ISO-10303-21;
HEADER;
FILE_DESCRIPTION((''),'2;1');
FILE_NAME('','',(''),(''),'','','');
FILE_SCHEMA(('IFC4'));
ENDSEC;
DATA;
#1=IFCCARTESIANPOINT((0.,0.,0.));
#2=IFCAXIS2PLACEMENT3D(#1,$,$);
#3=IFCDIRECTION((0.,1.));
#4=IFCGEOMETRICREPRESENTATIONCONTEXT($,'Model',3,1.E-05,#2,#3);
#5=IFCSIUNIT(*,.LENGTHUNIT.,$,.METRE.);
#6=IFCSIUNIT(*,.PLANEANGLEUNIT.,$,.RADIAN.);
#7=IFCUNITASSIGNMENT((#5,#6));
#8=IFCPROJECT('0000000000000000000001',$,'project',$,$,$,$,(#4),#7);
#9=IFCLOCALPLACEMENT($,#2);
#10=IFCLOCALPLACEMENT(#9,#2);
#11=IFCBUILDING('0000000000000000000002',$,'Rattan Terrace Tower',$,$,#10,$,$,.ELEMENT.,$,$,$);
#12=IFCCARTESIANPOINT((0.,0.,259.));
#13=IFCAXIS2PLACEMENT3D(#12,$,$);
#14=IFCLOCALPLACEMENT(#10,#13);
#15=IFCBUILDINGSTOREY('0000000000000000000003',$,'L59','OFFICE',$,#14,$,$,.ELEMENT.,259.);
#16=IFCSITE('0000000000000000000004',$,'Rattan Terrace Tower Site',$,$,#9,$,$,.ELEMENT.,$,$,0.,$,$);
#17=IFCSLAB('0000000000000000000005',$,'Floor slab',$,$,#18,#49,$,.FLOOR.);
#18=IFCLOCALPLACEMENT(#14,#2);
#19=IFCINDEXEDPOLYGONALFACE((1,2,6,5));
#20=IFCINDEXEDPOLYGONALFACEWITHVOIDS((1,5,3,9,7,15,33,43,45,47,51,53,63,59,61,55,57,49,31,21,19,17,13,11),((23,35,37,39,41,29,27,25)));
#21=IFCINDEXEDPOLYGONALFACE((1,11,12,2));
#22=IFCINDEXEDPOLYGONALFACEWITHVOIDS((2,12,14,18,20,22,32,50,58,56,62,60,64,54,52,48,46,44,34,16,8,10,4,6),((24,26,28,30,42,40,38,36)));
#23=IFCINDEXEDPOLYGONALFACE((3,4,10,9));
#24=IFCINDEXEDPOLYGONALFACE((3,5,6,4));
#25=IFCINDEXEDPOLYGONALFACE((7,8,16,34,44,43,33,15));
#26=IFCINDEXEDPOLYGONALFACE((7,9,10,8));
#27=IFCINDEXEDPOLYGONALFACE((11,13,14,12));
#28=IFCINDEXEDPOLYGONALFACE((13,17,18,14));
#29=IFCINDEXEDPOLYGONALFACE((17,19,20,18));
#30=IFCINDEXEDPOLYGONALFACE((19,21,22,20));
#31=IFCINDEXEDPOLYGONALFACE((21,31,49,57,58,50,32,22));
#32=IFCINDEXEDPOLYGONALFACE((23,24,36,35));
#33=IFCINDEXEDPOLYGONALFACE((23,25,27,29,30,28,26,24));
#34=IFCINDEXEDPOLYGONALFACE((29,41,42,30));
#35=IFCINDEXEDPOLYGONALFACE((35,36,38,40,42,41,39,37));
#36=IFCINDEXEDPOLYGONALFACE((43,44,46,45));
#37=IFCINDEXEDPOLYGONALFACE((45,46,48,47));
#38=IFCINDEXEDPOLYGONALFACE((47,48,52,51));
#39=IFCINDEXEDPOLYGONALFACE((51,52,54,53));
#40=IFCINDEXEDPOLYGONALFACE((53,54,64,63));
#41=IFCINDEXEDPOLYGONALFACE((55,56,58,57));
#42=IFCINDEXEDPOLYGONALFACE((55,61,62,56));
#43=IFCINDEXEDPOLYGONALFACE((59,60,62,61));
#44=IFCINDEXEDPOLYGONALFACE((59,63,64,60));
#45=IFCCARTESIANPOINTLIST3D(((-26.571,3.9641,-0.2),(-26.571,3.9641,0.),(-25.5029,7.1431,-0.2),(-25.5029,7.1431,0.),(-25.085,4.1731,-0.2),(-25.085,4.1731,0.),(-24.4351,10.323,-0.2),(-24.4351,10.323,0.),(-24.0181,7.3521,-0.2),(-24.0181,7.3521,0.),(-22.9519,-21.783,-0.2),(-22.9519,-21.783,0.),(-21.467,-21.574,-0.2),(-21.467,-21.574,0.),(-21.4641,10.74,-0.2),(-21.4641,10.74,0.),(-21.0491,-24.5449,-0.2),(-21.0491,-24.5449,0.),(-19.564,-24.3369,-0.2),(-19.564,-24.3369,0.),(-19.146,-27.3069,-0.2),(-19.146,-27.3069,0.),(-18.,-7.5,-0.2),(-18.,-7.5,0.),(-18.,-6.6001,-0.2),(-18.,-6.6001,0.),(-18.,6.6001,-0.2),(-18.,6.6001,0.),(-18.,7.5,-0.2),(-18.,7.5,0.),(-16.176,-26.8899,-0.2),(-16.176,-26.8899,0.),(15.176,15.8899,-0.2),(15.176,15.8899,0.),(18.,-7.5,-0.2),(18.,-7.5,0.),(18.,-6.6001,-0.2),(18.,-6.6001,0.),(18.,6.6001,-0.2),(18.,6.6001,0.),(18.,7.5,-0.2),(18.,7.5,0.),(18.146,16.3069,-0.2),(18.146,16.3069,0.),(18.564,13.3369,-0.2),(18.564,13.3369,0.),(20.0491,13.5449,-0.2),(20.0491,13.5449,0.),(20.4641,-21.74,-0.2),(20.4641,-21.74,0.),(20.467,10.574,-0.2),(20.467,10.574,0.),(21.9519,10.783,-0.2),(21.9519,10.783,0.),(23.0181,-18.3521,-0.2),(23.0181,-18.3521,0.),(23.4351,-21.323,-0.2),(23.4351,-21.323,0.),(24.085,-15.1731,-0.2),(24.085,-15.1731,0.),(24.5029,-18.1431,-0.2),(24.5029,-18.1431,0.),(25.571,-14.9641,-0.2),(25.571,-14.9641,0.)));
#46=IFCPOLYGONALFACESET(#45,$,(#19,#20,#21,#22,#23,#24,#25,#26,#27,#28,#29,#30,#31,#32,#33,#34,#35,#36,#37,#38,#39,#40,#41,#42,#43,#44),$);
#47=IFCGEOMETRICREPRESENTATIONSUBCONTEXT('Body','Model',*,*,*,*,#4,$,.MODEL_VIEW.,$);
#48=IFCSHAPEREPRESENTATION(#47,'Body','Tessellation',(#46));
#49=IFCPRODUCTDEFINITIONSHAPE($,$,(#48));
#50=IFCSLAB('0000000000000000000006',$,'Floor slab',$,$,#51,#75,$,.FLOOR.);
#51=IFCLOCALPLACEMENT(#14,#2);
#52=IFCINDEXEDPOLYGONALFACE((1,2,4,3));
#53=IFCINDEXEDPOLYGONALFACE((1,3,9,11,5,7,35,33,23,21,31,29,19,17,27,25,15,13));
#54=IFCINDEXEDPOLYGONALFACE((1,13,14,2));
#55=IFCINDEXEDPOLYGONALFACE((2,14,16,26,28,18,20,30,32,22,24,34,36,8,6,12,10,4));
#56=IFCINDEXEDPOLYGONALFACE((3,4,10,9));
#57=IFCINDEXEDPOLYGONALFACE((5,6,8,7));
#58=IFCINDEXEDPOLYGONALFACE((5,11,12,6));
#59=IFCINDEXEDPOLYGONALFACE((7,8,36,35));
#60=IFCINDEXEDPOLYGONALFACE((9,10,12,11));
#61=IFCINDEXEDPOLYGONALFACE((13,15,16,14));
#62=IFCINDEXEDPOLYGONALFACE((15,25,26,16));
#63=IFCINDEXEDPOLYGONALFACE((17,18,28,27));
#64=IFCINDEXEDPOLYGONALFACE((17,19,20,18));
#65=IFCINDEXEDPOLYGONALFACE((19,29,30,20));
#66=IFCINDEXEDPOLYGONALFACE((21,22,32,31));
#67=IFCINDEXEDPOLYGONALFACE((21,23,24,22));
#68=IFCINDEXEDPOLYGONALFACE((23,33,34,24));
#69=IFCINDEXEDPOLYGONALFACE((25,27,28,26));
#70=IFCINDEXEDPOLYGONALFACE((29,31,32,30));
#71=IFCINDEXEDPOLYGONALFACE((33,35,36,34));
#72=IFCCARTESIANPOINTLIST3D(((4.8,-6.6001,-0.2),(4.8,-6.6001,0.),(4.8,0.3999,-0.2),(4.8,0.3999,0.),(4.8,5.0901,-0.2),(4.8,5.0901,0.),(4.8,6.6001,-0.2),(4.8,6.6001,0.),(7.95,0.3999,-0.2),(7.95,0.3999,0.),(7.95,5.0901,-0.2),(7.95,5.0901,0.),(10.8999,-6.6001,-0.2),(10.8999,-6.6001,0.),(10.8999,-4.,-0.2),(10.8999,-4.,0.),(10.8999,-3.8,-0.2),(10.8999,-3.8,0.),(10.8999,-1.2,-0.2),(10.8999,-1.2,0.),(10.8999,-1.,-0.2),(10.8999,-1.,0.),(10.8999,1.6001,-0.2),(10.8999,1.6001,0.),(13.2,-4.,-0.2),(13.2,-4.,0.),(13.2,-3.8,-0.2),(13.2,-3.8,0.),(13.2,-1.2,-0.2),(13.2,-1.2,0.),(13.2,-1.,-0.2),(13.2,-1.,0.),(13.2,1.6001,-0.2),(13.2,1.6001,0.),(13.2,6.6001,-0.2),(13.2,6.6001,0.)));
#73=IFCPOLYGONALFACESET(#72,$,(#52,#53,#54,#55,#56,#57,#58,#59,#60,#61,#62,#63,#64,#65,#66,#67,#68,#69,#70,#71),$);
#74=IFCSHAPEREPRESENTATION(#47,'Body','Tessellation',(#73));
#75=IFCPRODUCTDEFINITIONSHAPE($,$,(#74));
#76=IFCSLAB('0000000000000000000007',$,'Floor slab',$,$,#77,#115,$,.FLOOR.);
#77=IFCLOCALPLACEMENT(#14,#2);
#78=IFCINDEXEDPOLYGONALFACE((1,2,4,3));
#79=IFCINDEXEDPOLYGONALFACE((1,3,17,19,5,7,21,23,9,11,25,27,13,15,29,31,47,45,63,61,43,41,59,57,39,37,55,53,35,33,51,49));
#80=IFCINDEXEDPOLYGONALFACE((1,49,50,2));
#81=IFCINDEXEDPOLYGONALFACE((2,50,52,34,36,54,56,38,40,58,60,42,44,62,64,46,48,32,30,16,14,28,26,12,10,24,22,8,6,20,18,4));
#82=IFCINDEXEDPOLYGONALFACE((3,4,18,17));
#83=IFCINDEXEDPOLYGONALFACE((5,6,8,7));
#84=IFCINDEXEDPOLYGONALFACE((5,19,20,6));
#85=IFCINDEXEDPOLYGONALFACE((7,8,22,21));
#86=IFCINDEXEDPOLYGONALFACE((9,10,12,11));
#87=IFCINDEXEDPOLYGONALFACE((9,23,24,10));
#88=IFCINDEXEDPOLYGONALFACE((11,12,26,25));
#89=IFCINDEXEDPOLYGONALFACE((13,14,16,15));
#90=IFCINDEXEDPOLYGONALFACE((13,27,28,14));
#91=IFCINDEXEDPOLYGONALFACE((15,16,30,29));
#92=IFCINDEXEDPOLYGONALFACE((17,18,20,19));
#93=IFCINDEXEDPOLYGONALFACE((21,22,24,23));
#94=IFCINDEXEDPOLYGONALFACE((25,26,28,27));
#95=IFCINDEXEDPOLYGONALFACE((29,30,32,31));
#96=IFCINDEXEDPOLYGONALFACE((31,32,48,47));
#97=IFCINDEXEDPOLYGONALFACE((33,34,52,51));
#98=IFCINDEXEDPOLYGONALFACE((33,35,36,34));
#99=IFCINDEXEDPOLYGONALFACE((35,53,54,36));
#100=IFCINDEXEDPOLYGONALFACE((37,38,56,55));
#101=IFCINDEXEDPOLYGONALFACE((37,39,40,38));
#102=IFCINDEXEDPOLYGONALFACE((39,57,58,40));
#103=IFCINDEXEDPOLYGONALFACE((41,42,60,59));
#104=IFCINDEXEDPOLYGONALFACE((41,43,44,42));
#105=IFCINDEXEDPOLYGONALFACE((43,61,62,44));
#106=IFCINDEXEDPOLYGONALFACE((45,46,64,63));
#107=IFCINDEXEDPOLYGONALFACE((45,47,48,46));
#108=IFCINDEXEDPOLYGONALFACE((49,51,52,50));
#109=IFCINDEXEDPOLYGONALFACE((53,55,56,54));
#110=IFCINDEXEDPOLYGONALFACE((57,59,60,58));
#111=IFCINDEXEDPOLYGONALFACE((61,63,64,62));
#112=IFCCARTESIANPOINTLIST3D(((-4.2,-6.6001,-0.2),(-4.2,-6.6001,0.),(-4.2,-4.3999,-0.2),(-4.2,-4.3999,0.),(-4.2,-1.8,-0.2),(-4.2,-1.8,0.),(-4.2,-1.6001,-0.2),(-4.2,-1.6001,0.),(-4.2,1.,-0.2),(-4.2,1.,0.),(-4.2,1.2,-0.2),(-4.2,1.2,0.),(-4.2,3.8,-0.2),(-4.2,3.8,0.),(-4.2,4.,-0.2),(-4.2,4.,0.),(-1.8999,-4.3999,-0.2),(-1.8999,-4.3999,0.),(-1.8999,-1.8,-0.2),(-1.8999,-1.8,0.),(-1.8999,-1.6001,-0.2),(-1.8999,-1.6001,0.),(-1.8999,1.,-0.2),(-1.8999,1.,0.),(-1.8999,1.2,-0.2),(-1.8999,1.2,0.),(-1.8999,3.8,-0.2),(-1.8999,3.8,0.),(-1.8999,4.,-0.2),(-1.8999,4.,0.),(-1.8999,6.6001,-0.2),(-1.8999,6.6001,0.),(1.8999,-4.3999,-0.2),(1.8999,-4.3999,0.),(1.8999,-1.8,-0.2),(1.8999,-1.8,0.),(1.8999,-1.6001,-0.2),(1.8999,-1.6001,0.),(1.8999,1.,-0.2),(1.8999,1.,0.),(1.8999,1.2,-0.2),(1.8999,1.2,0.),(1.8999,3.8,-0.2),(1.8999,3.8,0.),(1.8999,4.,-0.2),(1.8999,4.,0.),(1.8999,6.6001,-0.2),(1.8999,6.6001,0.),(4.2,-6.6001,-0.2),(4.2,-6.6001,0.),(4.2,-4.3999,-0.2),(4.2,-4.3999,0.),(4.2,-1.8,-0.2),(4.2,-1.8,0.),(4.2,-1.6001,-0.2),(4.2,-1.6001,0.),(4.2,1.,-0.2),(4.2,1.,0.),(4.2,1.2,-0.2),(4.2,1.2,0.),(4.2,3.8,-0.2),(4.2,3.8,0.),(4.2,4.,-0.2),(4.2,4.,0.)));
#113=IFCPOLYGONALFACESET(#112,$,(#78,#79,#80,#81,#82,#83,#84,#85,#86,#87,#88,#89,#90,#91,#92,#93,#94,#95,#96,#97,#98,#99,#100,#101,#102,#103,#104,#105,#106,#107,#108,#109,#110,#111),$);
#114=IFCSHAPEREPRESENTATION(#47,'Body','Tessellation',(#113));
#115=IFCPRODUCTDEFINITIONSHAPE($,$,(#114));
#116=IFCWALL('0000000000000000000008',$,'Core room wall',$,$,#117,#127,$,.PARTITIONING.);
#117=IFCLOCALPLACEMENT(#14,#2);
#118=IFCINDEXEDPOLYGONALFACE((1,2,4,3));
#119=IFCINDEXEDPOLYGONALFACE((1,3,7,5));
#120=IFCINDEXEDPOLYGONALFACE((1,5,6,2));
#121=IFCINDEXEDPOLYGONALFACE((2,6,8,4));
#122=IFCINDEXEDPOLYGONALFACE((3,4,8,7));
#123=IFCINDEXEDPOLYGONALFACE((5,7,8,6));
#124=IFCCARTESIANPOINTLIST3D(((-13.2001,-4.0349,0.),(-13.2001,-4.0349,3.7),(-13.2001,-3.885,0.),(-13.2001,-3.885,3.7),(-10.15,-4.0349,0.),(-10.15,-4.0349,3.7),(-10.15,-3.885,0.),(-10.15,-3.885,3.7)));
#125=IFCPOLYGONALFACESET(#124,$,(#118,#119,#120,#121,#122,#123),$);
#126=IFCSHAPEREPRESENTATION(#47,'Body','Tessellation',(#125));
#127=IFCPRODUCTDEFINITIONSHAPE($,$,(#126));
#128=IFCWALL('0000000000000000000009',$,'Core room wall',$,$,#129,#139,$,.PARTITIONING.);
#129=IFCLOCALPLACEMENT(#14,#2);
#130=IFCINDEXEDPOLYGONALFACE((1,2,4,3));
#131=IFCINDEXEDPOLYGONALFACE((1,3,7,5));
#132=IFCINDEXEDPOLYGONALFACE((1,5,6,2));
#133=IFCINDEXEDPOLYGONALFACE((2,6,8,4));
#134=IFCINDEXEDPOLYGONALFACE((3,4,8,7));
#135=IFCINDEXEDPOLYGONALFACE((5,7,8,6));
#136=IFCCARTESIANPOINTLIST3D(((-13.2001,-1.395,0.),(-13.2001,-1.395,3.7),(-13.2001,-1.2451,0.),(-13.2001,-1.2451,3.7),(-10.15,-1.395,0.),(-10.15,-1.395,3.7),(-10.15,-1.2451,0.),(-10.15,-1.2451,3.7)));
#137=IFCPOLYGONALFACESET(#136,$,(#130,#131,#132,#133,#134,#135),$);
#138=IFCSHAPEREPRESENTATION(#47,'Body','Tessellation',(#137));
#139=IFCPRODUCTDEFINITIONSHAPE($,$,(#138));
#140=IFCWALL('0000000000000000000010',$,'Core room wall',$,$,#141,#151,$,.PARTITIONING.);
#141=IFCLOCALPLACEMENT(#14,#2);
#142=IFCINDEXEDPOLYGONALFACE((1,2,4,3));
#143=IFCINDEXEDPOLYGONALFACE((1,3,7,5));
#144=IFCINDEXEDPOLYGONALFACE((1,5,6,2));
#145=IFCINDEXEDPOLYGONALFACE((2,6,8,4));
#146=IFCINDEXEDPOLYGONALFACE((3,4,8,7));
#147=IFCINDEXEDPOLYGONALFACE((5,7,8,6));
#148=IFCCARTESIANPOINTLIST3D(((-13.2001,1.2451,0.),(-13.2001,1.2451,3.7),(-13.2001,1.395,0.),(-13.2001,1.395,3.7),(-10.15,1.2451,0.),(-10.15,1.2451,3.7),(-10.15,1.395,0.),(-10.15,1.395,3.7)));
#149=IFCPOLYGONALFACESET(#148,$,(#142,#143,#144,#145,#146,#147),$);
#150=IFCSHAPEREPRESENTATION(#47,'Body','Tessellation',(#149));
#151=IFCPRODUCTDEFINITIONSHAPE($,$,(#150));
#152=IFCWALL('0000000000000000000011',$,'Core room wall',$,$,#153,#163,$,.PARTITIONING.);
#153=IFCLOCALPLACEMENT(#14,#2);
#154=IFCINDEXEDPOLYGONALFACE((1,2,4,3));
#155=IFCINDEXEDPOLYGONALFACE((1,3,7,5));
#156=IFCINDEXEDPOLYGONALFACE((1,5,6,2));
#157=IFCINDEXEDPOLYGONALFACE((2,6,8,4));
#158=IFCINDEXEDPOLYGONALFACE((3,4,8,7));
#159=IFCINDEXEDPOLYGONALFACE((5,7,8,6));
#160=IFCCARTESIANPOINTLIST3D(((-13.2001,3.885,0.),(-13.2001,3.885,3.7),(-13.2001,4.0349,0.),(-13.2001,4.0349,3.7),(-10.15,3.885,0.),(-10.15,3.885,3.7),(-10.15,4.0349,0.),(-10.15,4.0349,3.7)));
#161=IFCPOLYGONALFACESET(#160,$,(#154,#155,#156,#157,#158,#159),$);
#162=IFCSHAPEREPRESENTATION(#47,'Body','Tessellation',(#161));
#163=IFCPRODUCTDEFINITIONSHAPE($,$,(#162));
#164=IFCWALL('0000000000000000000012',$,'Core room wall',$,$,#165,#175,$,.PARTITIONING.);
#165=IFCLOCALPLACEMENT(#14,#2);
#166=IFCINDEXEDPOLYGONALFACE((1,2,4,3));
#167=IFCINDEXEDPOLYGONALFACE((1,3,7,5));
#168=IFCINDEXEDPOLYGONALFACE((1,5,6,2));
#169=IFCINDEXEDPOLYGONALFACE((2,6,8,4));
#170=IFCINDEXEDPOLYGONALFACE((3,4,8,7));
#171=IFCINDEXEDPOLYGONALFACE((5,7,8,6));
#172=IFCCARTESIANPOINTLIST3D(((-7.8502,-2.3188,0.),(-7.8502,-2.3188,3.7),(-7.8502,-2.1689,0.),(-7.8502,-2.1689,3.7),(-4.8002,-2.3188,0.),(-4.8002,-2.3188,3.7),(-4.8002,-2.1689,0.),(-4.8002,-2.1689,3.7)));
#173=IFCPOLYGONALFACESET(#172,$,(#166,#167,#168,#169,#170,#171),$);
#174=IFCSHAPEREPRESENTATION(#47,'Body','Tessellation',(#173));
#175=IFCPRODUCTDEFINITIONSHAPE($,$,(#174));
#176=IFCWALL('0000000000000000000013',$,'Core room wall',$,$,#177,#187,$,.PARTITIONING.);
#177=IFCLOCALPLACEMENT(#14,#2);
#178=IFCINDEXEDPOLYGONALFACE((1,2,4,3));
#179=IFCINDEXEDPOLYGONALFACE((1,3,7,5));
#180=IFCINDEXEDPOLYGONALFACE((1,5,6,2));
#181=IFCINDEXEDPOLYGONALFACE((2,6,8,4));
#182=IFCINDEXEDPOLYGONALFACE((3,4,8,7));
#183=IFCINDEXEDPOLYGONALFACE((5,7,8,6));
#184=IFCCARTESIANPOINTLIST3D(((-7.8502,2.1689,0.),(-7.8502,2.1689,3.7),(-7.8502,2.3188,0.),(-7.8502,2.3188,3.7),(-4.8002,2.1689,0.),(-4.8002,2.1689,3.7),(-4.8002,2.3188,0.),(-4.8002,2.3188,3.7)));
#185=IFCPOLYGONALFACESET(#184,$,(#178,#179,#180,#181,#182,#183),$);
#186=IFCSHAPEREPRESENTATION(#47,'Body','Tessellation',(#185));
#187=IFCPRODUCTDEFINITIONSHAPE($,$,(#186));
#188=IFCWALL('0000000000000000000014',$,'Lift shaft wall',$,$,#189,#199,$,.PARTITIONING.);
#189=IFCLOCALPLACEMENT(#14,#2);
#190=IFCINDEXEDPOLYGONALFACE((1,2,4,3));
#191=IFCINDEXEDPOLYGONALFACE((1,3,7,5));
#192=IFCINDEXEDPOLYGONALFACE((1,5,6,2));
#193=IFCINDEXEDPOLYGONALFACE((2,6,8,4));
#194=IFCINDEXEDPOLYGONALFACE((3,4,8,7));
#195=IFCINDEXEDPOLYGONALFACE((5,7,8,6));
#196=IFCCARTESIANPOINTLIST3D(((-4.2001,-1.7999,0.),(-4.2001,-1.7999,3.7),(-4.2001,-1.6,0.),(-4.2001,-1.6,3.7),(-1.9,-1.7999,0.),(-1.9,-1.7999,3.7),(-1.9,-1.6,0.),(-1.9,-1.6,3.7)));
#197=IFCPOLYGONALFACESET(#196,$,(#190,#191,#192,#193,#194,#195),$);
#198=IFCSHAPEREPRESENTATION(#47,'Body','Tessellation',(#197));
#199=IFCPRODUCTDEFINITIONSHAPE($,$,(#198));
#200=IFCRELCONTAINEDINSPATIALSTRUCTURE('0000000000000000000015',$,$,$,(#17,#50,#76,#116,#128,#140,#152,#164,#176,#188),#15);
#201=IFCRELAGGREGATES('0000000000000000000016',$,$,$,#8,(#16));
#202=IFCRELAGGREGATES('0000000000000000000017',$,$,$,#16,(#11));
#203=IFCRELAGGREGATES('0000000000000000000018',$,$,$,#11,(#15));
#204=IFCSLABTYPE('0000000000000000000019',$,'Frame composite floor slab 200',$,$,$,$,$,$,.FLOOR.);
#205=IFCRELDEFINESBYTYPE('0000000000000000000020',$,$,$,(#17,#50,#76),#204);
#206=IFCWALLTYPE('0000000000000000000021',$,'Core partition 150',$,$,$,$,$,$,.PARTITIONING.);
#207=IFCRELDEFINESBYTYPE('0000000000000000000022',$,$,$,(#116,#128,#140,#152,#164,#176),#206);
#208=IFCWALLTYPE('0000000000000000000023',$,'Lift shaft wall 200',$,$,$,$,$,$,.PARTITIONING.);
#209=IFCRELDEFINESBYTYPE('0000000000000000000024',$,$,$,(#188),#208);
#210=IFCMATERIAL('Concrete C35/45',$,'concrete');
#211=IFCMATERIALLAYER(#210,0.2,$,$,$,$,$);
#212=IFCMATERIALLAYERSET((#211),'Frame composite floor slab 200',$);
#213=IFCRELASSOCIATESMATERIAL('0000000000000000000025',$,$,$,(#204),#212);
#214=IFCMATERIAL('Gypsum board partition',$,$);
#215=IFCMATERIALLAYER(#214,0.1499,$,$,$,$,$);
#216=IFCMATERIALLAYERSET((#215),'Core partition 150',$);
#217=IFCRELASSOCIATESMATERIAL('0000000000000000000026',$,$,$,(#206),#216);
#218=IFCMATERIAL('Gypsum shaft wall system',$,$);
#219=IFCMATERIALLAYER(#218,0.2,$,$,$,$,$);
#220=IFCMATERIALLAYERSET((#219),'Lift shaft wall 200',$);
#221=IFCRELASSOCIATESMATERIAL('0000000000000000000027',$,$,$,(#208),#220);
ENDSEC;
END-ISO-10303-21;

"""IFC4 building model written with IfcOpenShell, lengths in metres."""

from ifc_helpers import new_model, si_unit, direction, frame, frame_2d, origin, place, context, subcontext, project, spatial, polyline, rectangle, outline, extrude, material, layer, layer_set, type_object, element, save


model = new_model("IFC4")

# Units and contexts
model_context = context("Model", 3, precision=1e-05, world=origin(), true_north=direction((0.0, 1.0)))
body_context = subcontext(model_context, "Body", "Model", "MODEL_VIEW")
ifc_project = project(units=[si_unit("LENGTHUNIT", "METRE"), si_unit("PLANEANGLEUNIT", "RADIAN")], contexts=[model_context])

# Site, building, storey
site_placement = place(None, origin())
site = spatial("IfcSite", under=ifc_project, at=site_placement, Name="Rattan Terrace Tower Site", CompositionType="ELEMENT", RefElevation=0.0)
building_placement = place(site_placement, origin())
building = spatial("IfcBuilding", under=site, at=building_placement, Name="Rattan Terrace Tower", CompositionType="ELEMENT")
storey_placement = place(building_placement, frame((0.0, 0.0, 259.0)))
storey = spatial("IfcBuildingStorey", under=building, at=storey_placement, Name="L59", Description="OFFICE", CompositionType="ELEMENT", Elevation=259.0)

# Slabs
ifc_material_1 = material(Name="Concrete C35/45", Category="concrete")
ifc_layer_1 = layer(ifc_material_1, 0.2)
ifc_layer_set_1 = layer_set([ifc_layer_1], Name="Frame composite floor slab 200")
slab_type = type_object("IfcSlabType", Name="Frame composite floor slab 200", PredefinedType="FLOOR", material=ifc_layer_set_1)
slab_1_placement = place(storey_placement, frame((0.0, 0.0, -0.2)))
element("IfcSlab", 1, at=slab_1_placement, inside=storey, type_object=slab_type, Name="Floor slab", PredefinedType="FLOOR", context=body_context, shape_type="SweptSolid", body=[
    extrude(outline(polyline([(-16.176, -26.8899), (20.4641, -21.74), (23.4351, -21.323), (23.0181, -18.3521), (24.5029, -18.1431), (24.085, -15.1731), (25.571, -14.9641), (21.9519, 10.783), (20.467, 10.574), (20.0491, 13.5449), (18.564, 13.3369), (18.146, 16.3069), (15.176, 15.8899), (-21.4641, 10.74), (-24.4351, 10.323), (-24.0181, 7.3521), (-25.5029, 7.1431), (-25.085, 4.1731), (-26.571, 3.9641), (-22.9519, -21.783), (-21.467, -21.574), (-21.0491, -24.5449), (-19.564, -24.3369), (-19.146, -27.3069), (-16.176, -26.8899)]), holes=[polyline([(-18.0, -7.5), (18.0, -7.5), (18.0, -6.6001), (18.0, 6.6001), (18.0, 7.5), (-18.0, 7.5), (-18.0, 6.6001), (-18.0, -6.6001), (-18.0, -7.5)])]), origin(), (0.0, 0.0, 1.0), 0.2),
])
slab_2_placement = place(storey_placement, frame((0.0, 0.0, -0.2)))
element("IfcSlab", 2, at=slab_2_placement, inside=storey, type_object=slab_type, Name="Floor slab", PredefinedType="FLOOR", context=body_context, shape_type="SweptSolid", body=[
    extrude(outline(polyline([(13.2, 6.6001), (4.8, 6.6001), (4.8, 5.0901), (7.95, 5.0901), (7.95, 0.3999), (4.8, 0.3999), (4.8, -6.6001), (10.8999, -6.6001), (10.8999, -4.0), (13.2, -4.0), (13.2, -3.8), (10.8999, -3.8), (10.8999, -1.2), (13.2, -1.2), (13.2, -1.0), (10.8999, -1.0), (10.8999, 1.6001), (13.2, 1.6001), (13.2, 6.6001)])), origin(), (0.0, 0.0, 1.0), 0.2),
])
slab_3_placement = place(storey_placement, frame((0.0, 0.0, -0.2)))
element("IfcSlab", 3, at=slab_3_placement, inside=storey, type_object=slab_type, Name="Floor slab", PredefinedType="FLOOR", context=body_context, shape_type="SweptSolid", body=[
    extrude(outline(polyline([(1.8999, 6.6001), (-1.8999, 6.6001), (-1.8999, 4.0), (-4.2, 4.0), (-4.2, 3.8), (-1.8999, 3.8), (-1.8999, 1.2), (-4.2, 1.2), (-4.2, 1.0), (-1.8999, 1.0), (-1.8999, -1.6001), (-4.2, -1.6001), (-4.2, -1.8), (-1.8999, -1.8), (-1.8999, -4.3999), (-4.2, -4.3999), (-4.2, -6.6001), (4.2, -6.6001), (4.2, -4.3999), (1.8999, -4.3999), (1.8999, -1.8), (4.2, -1.8), (4.2, -1.6001), (1.8999, -1.6001), (1.8999, 1.0), (4.2, 1.0), (4.2, 1.2), (1.8999, 1.2), (1.8999, 3.8), (4.2, 3.8), (4.2, 4.0), (1.8999, 4.0), (1.8999, 6.6001)])), origin(), (0.0, 0.0, 1.0), 0.2),
])

# Walls
ifc_material_2 = material(Name="Gypsum board partition")
ifc_layer_2 = layer(ifc_material_2, 0.1499)
ifc_layer_set_2 = layer_set([ifc_layer_2], Name="Core partition 150")
wall_type_1 = type_object("IfcWallType", Name="Core partition 150", PredefinedType="PARTITIONING", material=ifc_layer_set_2)
for number, where, z_axis, x_axis, name in (
    (4, (-13.2, -3.96, 0.0), (0.0, 0.0, 1.0), (1.0, 0.0, 0.0), "Core room wall"),
    (5, (-13.2, -1.3201, 0.0), (0.0, 0.0, 1.0), (1.0, 0.0, 0.0), "Core room wall"),
    (6, (-13.2, 1.3201, 0.0), (0.0, 0.0, 1.0), (1.0, 0.0, 0.0), "Core room wall"),
    (7, (-13.2, 3.96, 0.0), (0.0, 0.0, 1.0), (1.0, 0.0, 0.0), "Core room wall"),
    (8, (-7.8501, -2.2439, 0.0), (0.0, 0.0, 1.0), (1.0, 0.0, 0.0), "Core room wall"),
    (9, (-7.8501, 2.2439, 0.0), (0.0, 0.0, 1.0), (1.0, 0.0, 0.0), "Core room wall"),
):
    element("IfcWall", number, at=place(storey_placement, frame(where, z_axis=z_axis, x_axis=x_axis)), inside=storey, type_object=wall_type_1, Name=name, PredefinedType="PARTITIONING", context=body_context, shape_type="SweptSolid", body=[
        extrude(rectangle(XDim=3.05, YDim=0.1499, at=frame_2d((1.5249, 0.0))), origin(), (0.0, 0.0, 1.0), 3.7),
    ])
ifc_material_3 = material(Name="Gypsum shaft wall system")
ifc_layer_3 = layer(ifc_material_3, 0.2)
ifc_layer_set_3 = layer_set([ifc_layer_3], Name="Lift shaft wall 200")
wall_type_2 = type_object("IfcWallType", Name="Lift shaft wall 200", PredefinedType="PARTITIONING", material=ifc_layer_set_3)
for number, where, z_axis, x_axis, name in (
    (10, (-4.2, -1.7, 0.0), (0.0, 0.0, 1.0), (1.0, 0.0, 0.0), "Lift shaft wall"),
):
    element("IfcWall", number, at=place(storey_placement, frame(where, z_axis=z_axis, x_axis=x_axis)), inside=storey, type_object=wall_type_2, Name=name, PredefinedType="PARTITIONING", context=body_context, shape_type="SweptSolid", body=[
        extrude(rectangle(XDim=2.3, YDim=0.2, at=frame_2d((1.1499, 0.0))), origin(), (0.0, 0.0, 1.0), 3.7),
    ])

save(model, "model.ifc")
